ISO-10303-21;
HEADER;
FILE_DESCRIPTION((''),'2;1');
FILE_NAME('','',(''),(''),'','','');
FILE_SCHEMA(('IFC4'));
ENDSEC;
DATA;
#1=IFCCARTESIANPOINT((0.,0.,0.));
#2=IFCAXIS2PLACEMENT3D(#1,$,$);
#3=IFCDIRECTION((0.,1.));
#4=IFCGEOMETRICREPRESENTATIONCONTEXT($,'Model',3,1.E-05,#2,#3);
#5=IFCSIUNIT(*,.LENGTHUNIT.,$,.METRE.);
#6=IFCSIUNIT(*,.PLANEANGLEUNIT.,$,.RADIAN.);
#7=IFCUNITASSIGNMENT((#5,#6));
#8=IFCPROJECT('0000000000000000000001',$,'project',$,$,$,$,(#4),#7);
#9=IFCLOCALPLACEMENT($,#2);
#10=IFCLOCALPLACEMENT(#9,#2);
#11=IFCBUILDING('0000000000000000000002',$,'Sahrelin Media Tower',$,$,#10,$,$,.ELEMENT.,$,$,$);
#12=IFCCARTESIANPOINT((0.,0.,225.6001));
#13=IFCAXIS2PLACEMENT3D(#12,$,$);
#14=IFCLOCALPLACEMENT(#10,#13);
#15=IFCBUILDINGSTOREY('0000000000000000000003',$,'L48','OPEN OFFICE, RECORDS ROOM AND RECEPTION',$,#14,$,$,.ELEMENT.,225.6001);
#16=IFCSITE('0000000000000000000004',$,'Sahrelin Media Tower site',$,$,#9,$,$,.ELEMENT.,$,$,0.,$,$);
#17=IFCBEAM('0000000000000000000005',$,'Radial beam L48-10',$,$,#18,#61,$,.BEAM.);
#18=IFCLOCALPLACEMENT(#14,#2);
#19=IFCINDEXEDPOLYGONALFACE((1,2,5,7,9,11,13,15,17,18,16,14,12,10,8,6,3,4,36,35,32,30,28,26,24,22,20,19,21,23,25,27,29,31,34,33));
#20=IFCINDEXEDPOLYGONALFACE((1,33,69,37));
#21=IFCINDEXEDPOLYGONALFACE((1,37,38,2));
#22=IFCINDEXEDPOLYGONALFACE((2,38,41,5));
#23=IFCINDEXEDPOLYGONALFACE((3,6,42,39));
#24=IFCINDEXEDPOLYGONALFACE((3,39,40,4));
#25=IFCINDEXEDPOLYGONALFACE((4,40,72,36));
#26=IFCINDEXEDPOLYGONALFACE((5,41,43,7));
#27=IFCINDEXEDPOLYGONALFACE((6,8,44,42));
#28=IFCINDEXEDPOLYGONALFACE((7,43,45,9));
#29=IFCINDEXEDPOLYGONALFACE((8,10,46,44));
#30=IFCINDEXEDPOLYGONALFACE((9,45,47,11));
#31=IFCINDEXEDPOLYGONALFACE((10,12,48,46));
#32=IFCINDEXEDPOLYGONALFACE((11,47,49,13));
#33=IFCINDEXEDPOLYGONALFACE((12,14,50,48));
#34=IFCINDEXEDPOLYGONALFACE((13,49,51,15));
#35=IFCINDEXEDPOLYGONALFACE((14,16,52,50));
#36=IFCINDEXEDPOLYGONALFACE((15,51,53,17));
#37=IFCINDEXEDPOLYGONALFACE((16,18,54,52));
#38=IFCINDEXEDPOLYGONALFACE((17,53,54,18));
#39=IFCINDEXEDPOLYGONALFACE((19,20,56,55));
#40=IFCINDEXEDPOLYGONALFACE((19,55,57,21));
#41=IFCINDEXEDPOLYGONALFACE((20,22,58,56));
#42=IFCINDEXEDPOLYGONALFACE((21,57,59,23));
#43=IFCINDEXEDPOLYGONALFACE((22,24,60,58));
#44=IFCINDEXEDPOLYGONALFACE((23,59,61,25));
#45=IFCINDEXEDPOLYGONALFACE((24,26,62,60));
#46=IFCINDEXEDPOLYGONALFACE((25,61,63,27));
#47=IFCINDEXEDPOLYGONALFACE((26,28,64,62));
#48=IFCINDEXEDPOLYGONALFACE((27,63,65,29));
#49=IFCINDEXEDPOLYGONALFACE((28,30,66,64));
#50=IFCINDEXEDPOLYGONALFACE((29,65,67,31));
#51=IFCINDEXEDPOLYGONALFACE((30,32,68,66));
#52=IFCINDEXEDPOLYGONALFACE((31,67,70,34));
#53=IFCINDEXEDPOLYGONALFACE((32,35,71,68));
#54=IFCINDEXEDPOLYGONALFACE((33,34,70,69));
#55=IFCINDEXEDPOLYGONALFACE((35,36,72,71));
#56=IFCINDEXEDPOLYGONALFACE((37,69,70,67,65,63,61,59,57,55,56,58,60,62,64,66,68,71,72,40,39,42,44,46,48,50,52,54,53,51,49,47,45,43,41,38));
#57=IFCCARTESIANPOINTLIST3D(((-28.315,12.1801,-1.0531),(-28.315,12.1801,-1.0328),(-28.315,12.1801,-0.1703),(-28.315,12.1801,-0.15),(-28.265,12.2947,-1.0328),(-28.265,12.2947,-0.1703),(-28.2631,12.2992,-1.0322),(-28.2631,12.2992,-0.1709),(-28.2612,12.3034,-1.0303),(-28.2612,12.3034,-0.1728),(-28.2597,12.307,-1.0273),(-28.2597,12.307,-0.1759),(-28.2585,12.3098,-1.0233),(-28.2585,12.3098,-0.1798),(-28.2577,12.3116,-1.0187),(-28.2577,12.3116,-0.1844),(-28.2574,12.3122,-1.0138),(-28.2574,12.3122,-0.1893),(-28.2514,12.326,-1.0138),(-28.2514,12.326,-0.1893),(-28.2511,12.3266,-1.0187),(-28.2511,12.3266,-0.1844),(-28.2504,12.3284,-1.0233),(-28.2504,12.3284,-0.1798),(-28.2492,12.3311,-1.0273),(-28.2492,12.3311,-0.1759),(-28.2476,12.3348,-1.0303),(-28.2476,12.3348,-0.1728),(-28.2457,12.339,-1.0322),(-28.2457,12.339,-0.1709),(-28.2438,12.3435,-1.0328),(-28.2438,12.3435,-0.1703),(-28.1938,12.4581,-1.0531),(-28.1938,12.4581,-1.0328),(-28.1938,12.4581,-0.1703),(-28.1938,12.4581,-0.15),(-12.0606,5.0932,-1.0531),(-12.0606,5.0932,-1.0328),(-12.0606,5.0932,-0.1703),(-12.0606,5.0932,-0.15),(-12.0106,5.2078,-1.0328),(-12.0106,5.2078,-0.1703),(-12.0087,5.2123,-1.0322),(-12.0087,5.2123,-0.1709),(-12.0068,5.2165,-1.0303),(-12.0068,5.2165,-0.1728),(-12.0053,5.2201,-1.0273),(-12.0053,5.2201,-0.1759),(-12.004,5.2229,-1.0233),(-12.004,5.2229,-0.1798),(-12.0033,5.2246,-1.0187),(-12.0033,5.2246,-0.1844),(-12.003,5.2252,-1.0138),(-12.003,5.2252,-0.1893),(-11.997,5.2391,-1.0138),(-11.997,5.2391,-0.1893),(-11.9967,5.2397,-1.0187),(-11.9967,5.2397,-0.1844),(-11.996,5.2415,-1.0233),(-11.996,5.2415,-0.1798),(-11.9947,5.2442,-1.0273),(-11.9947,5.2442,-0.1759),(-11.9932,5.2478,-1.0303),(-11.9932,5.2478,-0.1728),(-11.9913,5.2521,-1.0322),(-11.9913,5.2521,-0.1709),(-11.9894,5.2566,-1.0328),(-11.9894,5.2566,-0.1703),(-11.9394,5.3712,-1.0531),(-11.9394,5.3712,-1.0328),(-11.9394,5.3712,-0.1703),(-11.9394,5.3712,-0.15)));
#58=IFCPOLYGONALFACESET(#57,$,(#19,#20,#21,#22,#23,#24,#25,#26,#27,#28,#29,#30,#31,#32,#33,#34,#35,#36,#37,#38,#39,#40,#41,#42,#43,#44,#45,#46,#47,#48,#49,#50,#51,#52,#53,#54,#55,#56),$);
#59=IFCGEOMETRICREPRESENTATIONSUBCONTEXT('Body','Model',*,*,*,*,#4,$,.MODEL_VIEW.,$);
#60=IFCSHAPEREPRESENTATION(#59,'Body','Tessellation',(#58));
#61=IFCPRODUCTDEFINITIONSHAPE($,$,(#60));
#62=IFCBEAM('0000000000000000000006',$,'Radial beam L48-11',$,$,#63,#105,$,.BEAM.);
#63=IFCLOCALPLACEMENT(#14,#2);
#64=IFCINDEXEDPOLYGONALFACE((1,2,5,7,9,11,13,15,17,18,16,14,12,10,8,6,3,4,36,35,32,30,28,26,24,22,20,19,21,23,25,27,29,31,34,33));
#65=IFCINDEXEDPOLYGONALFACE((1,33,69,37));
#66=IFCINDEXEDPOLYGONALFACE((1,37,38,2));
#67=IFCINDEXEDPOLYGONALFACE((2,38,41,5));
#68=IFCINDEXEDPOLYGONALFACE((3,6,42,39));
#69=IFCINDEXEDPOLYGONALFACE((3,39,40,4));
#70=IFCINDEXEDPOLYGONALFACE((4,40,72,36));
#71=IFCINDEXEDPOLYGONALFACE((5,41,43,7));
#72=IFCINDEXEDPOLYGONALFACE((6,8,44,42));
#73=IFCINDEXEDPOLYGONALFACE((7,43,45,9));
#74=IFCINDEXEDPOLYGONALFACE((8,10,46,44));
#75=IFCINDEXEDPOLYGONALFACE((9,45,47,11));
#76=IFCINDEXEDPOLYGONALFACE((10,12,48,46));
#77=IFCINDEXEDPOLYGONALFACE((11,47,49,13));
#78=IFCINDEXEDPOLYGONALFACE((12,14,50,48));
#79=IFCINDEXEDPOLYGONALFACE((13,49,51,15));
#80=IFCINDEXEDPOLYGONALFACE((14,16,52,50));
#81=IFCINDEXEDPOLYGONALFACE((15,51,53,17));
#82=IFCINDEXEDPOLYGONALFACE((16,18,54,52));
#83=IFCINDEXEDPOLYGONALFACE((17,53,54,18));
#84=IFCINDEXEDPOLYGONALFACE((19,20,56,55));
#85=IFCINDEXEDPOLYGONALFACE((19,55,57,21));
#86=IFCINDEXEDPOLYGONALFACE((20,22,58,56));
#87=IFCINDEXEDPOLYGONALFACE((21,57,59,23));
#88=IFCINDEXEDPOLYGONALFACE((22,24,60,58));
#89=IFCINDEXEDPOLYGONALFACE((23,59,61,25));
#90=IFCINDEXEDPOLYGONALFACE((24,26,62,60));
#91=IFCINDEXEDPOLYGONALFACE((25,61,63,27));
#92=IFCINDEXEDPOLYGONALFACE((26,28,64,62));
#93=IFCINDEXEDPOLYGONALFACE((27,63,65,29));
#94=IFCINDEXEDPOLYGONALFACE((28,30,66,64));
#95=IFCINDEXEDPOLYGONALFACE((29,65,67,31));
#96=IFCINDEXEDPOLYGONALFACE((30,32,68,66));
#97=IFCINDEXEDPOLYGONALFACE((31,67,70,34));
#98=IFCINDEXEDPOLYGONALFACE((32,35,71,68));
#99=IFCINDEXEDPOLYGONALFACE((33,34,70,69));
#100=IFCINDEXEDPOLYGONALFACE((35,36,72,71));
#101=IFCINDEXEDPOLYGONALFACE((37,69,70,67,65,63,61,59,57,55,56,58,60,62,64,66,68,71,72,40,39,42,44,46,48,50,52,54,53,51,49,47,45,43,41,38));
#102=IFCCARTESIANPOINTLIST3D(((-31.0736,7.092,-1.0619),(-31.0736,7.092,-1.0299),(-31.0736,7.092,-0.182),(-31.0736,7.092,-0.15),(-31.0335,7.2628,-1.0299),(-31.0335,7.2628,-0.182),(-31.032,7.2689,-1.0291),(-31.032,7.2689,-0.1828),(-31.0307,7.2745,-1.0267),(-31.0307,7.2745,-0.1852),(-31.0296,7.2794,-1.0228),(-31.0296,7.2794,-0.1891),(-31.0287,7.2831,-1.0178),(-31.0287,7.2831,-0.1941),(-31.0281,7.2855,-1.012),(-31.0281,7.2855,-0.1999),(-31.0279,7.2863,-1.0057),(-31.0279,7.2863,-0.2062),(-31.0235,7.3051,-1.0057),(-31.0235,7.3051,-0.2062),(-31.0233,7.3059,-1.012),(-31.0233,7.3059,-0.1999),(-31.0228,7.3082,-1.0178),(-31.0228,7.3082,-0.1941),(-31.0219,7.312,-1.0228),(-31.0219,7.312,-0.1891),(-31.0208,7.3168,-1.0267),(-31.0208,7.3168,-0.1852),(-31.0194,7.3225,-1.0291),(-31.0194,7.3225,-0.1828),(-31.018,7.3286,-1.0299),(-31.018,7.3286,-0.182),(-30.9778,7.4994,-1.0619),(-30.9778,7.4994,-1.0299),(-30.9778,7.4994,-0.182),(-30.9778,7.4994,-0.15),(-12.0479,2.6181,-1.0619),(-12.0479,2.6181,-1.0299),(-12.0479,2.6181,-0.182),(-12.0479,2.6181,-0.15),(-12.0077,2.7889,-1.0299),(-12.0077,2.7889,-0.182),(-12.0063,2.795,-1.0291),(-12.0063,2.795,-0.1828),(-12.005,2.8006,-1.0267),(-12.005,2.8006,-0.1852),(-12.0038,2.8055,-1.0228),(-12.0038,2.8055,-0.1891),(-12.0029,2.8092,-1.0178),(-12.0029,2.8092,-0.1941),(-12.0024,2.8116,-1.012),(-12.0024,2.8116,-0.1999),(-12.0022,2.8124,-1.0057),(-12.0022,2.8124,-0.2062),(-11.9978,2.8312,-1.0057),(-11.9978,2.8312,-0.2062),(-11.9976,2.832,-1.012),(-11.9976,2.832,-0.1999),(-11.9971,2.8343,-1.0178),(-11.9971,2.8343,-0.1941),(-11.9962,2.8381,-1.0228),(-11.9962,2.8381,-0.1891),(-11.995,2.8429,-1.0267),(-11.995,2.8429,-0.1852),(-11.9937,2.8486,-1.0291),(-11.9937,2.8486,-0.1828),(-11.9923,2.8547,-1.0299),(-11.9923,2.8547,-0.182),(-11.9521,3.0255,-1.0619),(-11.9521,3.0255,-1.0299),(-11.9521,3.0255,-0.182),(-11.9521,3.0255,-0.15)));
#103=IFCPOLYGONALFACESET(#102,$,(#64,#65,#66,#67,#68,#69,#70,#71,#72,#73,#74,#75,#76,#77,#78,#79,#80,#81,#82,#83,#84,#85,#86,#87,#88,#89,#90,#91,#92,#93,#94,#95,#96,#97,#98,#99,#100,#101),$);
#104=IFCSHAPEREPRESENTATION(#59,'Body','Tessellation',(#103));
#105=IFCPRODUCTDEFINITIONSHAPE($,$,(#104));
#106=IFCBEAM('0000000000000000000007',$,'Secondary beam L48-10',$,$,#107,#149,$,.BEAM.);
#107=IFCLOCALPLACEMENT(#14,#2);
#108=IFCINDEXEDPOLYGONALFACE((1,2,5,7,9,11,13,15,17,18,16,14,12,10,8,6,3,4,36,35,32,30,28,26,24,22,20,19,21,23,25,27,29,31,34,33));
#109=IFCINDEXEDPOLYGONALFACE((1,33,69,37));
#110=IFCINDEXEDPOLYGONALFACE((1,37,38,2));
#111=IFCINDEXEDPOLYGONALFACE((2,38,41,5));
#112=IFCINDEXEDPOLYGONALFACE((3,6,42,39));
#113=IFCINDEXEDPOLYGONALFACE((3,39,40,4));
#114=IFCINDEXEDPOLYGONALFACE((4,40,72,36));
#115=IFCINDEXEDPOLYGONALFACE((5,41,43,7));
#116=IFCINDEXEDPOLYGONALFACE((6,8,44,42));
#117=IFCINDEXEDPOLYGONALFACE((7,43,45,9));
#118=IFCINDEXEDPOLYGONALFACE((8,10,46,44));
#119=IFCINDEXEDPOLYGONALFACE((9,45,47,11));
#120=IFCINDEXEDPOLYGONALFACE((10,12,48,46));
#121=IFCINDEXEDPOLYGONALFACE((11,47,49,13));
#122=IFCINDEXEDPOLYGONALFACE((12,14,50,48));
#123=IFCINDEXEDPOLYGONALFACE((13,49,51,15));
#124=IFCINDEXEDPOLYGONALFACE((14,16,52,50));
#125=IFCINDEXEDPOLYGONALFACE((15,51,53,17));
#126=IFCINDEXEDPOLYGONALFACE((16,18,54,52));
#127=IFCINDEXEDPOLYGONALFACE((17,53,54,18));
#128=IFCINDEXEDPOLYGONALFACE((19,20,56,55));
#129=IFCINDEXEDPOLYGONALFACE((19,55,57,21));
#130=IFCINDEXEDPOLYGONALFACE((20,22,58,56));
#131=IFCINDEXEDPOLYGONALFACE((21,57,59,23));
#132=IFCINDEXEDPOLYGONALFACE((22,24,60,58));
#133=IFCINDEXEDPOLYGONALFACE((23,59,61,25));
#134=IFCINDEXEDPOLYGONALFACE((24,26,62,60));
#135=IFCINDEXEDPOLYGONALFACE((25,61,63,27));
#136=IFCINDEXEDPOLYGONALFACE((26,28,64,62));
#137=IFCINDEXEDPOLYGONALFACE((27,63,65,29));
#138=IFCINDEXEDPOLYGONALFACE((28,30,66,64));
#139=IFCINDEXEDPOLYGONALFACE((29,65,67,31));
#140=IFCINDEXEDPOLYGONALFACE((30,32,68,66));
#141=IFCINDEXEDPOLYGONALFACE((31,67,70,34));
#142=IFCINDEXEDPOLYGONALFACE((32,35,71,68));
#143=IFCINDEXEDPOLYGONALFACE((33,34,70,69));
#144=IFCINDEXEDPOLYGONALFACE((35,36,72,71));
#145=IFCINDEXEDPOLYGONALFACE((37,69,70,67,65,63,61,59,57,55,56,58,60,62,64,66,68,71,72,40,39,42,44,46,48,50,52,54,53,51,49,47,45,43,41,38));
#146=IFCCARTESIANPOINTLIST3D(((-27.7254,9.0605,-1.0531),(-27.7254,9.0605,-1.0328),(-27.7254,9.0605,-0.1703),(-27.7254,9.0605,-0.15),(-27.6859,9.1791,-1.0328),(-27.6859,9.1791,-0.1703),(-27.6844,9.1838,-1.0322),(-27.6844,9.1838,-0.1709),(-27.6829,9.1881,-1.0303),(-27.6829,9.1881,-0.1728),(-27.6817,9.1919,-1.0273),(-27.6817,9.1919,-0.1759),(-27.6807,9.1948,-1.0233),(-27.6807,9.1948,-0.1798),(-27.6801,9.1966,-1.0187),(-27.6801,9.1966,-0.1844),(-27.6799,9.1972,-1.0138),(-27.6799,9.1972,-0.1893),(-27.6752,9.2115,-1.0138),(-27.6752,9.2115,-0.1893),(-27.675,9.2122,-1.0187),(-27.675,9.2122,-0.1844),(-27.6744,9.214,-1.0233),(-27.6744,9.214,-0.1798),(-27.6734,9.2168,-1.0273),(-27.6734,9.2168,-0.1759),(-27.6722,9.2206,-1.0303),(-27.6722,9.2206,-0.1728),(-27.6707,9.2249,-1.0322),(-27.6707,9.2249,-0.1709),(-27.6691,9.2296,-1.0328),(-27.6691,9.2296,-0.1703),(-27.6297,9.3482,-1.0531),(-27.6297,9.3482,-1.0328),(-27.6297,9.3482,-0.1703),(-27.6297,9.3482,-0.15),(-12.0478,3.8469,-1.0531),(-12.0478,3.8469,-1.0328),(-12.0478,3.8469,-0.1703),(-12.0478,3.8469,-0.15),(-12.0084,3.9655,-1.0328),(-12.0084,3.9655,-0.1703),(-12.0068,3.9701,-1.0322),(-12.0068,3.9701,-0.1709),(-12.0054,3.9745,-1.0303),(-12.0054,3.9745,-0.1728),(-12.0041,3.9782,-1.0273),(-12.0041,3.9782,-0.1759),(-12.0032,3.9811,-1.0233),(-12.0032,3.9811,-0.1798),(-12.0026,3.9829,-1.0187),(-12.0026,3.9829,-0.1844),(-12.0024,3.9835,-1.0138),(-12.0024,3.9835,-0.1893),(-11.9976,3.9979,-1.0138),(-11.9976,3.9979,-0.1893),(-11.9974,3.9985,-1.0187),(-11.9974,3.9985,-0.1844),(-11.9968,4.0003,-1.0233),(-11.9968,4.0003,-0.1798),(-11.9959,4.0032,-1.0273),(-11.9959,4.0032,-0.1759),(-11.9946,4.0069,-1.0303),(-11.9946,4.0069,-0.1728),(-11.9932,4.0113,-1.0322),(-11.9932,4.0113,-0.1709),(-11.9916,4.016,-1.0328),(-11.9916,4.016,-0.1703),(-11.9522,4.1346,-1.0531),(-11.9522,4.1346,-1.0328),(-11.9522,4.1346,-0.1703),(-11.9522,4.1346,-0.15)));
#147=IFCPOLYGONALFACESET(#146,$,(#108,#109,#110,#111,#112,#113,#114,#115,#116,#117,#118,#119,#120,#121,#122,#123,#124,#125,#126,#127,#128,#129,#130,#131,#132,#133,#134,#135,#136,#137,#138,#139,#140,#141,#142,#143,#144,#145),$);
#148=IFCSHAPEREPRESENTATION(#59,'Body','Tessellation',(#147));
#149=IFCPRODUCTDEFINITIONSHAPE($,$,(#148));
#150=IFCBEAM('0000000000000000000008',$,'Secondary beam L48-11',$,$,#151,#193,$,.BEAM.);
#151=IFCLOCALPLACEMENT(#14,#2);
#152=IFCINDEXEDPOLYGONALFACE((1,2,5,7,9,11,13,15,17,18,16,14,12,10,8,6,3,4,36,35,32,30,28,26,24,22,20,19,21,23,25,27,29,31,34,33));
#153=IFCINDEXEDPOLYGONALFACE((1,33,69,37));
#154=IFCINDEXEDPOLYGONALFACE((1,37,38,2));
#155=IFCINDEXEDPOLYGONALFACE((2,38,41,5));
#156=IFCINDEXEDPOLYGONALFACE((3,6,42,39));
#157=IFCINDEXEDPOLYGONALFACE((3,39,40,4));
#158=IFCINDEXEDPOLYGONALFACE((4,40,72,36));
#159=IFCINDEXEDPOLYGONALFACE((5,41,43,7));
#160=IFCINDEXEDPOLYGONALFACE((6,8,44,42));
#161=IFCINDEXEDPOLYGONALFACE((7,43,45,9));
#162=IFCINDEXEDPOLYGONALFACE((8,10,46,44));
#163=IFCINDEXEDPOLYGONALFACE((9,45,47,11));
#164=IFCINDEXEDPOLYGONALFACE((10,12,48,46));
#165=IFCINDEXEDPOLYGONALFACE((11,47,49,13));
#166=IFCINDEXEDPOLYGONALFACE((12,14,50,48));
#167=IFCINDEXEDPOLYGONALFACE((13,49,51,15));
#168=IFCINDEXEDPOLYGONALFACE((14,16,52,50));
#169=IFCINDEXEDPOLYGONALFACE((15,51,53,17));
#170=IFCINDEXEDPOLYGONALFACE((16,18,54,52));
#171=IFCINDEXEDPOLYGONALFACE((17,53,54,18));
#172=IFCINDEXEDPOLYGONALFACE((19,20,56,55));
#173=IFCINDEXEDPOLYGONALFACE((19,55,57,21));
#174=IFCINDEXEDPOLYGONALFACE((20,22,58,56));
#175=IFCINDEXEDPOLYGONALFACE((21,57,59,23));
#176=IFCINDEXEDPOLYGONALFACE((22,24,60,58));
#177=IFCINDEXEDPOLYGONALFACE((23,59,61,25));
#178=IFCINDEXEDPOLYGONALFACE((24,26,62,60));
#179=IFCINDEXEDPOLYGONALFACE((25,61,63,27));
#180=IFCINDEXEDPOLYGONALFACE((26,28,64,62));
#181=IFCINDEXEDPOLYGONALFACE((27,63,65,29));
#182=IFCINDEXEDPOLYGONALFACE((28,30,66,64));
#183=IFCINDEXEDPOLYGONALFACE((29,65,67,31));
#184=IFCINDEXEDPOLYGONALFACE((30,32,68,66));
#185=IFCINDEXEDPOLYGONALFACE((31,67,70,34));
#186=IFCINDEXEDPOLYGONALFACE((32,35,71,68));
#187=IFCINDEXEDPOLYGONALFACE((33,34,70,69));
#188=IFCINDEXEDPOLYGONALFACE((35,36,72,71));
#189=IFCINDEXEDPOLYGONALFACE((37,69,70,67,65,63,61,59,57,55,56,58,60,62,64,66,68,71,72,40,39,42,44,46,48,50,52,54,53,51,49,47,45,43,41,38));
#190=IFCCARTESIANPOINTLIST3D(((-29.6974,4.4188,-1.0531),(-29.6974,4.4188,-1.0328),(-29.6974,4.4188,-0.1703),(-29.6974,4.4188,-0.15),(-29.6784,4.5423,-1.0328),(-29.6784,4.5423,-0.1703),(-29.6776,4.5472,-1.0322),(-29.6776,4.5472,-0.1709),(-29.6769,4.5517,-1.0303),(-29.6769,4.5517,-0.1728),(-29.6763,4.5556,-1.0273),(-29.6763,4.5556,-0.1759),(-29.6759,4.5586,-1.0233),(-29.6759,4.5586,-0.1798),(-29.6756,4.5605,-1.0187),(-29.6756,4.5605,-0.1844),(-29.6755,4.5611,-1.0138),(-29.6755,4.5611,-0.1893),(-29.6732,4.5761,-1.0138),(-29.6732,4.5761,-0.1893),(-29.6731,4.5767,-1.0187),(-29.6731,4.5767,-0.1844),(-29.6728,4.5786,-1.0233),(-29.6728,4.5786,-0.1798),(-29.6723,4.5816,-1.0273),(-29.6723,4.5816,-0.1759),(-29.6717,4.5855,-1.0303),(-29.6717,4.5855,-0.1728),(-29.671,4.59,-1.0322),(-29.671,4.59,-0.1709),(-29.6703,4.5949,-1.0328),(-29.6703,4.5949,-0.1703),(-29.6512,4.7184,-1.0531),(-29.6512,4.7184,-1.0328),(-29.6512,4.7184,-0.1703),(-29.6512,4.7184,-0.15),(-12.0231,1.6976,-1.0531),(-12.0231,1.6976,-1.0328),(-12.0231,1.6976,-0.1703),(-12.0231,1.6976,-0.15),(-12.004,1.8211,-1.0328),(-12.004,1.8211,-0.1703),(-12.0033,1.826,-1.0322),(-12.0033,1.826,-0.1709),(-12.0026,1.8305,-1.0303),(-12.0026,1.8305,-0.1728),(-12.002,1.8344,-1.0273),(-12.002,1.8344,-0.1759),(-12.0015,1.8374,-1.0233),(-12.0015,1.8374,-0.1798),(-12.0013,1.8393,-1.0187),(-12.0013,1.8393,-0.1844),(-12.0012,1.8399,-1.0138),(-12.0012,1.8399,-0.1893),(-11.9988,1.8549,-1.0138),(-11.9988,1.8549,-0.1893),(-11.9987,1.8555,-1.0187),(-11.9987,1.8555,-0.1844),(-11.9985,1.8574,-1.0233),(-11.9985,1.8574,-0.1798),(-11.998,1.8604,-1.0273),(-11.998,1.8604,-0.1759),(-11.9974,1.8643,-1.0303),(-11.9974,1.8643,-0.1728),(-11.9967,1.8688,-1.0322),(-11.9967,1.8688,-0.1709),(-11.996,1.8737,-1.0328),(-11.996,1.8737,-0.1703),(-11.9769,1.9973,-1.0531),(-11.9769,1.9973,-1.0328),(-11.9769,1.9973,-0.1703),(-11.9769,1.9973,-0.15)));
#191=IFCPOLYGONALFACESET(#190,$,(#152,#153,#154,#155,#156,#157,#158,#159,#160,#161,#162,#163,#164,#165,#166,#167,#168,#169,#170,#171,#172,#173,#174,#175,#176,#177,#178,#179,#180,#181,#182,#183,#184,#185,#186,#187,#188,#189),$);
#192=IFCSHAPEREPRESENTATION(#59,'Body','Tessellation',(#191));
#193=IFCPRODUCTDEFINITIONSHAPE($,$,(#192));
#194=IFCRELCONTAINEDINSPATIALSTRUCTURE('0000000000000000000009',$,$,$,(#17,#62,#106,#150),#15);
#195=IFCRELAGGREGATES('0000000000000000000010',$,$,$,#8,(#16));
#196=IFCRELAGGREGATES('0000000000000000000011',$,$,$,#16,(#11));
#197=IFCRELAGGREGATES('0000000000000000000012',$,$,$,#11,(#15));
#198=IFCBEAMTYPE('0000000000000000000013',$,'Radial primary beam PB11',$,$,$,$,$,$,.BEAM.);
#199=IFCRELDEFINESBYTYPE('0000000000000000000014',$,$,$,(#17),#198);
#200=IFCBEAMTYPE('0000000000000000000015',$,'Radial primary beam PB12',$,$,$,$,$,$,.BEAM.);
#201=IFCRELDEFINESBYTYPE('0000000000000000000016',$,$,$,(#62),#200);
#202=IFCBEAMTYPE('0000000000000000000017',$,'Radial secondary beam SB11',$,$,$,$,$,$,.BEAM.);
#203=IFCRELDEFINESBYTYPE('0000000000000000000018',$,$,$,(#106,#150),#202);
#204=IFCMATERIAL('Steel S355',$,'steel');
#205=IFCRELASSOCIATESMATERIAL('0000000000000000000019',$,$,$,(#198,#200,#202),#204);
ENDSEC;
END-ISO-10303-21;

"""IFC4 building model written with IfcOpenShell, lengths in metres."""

from ifc_helpers import new_model, si_unit, direction, frame, origin, origin_2d, place, context, subcontext, project, spatial, i_section, extrude, material, material_profile, profile_set, type_object, element, save


model = new_model("IFC4")

# Units and contexts
model_context = context("Model", 3, precision=1e-05, world=origin(), true_north=direction((0.0, 1.0)))
body_context = subcontext(model_context, "Body", "Model", "MODEL_VIEW")
ifc_project = project(units=[si_unit("LENGTHUNIT", "METRE"), si_unit("PLANEANGLEUNIT", "RADIAN")], contexts=[model_context])

# Site, building, storey
site_placement = place(None, origin())
site = spatial("IfcSite", under=ifc_project, at=site_placement, Name="Sahrelin Media Tower site", CompositionType="ELEMENT", RefElevation=0.0)
building_placement = place(site_placement, origin())
building = spatial("IfcBuilding", under=site, at=building_placement, Name="Sahrelin Media Tower", CompositionType="ELEMENT")
storey_placement = place(building_placement, frame((0.0, 0.0, 225.6001)))
storey = spatial("IfcBuildingStorey", under=building, at=storey_placement, Name="L48", Description="OPEN OFFICE, RECORDS ROOM AND RECEPTION", CompositionType="ELEMENT", Elevation=225.6001)

# Beams
ifc_material_1 = material(Name="Steel S355", Category="steel")
ifc_material_profile_1 = material_profile(ifc_material_1, i_section(OverallWidth=0.3032, OverallDepth=0.9031, WebThickness=0.0151, FlangeThickness=0.0203, FilletRadius=0.019, at=origin_2d()), Name="UB 914x305x201")
ifc_profile_set_1 = profile_set([ifc_material_profile_1], Name="Steel S355")
beam_type_1 = type_object("IfcBeamType", Name="Radial primary beam PB11", PredefinedType="BEAM", material=ifc_profile_set_1)
beam_1_placement = place(storey_placement, frame((-12.0, 5.2322, -0.6016), z_axis=(-0.916662, 0.399664, 0.0), x_axis=(-0.399664, -0.916662, 0.0)))
element("IfcBeam", 1, at=beam_1_placement, inside=storey, type_object=beam_type_1, Name="Radial beam L48-10", PredefinedType="BEAM", context=body_context, shape_type="SweptSolid", body=[
    extrude(i_section(OverallWidth=0.3032, OverallDepth=0.9031, WebThickness=0.0151, FlangeThickness=0.0203, FilletRadius=0.019, at=origin_2d()), origin(), (0.0, 0.0, 1.0), 17.7322),
])
ifc_material_profile_2 = material_profile(ifc_material_1, i_section(OverallWidth=0.4185, OverallDepth=0.9119, WebThickness=0.0193, FlangeThickness=0.032, FilletRadius=0.0242, at=origin_2d()), Name="UB 914x419x343")
ifc_profile_set_2 = profile_set([ifc_material_profile_2], Name="Steel S355")
beam_type_2 = type_object("IfcBeamType", Name="Radial primary beam PB12", PredefinedType="BEAM", material=ifc_profile_set_2)
beam_2_placement = place(storey_placement, frame((-12.0, 2.8218, -0.606), z_axis=(-0.973448, 0.228906, 0.0), x_axis=(-0.228906, -0.973448, 0.0)))
element("IfcBeam", 2, at=beam_2_placement, inside=storey, type_object=beam_type_2, Name="Radial beam L48-11", PredefinedType="BEAM", context=body_context, shape_type="SweptSolid", body=[
    extrude(i_section(OverallWidth=0.4185, OverallDepth=0.9119, WebThickness=0.0193, FlangeThickness=0.032, FilletRadius=0.0242, at=origin_2d()), origin(), (0.0, 0.0, 1.0), 19.5447),
])
ifc_material_profile_3 = material_profile(ifc_material_1, i_section(OverallWidth=0.3032, OverallDepth=0.9031, WebThickness=0.0151, FlangeThickness=0.0203, FilletRadius=0.019, at=origin_2d()), Name="UB 914x305x201")
ifc_profile_set_3 = profile_set([ifc_material_profile_3], Name="Steel S355")
beam_type_3 = type_object("IfcBeamType", Name="Radial secondary beam SB11", PredefinedType="BEAM", material=ifc_profile_set_3)
beam_3_placement = place(storey_placement, frame((-12.0, 3.9907, -0.6016), z_axis=(-0.948905, 0.315563, 0.0), x_axis=(-0.315563, -0.948905, 0.0)))
element("IfcBeam", 3, at=beam_3_placement, inside=storey, type_object=beam_type_3, Name="Secondary beam L48-10", PredefinedType="BEAM", context=body_context, shape_type="SweptSolid", body=[
    extrude(i_section(OverallWidth=0.3032, OverallDepth=0.9031, WebThickness=0.0151, FlangeThickness=0.0203, FilletRadius=0.019, at=origin_2d()), origin(), (0.0, 0.0, 1.0), 16.5217),
])
beam_4_placement = place(storey_placement, frame((-12.0, 1.8474, -0.6016), z_axis=(-0.988354, 0.15217, 0.0), x_axis=(-0.15217, -0.988354, 0.0)))
element("IfcBeam", 4, at=beam_4_placement, inside=storey, type_object=beam_type_3, Name="Secondary beam L48-11", PredefinedType="BEAM", context=body_context, shape_type="SweptSolid", body=[
    extrude(i_section(OverallWidth=0.3032, OverallDepth=0.9031, WebThickness=0.0151, FlangeThickness=0.0203, FilletRadius=0.019, at=origin_2d()), origin(), (0.0, 0.0, 1.0), 17.8826),
])

save(model, "model.ifc")
